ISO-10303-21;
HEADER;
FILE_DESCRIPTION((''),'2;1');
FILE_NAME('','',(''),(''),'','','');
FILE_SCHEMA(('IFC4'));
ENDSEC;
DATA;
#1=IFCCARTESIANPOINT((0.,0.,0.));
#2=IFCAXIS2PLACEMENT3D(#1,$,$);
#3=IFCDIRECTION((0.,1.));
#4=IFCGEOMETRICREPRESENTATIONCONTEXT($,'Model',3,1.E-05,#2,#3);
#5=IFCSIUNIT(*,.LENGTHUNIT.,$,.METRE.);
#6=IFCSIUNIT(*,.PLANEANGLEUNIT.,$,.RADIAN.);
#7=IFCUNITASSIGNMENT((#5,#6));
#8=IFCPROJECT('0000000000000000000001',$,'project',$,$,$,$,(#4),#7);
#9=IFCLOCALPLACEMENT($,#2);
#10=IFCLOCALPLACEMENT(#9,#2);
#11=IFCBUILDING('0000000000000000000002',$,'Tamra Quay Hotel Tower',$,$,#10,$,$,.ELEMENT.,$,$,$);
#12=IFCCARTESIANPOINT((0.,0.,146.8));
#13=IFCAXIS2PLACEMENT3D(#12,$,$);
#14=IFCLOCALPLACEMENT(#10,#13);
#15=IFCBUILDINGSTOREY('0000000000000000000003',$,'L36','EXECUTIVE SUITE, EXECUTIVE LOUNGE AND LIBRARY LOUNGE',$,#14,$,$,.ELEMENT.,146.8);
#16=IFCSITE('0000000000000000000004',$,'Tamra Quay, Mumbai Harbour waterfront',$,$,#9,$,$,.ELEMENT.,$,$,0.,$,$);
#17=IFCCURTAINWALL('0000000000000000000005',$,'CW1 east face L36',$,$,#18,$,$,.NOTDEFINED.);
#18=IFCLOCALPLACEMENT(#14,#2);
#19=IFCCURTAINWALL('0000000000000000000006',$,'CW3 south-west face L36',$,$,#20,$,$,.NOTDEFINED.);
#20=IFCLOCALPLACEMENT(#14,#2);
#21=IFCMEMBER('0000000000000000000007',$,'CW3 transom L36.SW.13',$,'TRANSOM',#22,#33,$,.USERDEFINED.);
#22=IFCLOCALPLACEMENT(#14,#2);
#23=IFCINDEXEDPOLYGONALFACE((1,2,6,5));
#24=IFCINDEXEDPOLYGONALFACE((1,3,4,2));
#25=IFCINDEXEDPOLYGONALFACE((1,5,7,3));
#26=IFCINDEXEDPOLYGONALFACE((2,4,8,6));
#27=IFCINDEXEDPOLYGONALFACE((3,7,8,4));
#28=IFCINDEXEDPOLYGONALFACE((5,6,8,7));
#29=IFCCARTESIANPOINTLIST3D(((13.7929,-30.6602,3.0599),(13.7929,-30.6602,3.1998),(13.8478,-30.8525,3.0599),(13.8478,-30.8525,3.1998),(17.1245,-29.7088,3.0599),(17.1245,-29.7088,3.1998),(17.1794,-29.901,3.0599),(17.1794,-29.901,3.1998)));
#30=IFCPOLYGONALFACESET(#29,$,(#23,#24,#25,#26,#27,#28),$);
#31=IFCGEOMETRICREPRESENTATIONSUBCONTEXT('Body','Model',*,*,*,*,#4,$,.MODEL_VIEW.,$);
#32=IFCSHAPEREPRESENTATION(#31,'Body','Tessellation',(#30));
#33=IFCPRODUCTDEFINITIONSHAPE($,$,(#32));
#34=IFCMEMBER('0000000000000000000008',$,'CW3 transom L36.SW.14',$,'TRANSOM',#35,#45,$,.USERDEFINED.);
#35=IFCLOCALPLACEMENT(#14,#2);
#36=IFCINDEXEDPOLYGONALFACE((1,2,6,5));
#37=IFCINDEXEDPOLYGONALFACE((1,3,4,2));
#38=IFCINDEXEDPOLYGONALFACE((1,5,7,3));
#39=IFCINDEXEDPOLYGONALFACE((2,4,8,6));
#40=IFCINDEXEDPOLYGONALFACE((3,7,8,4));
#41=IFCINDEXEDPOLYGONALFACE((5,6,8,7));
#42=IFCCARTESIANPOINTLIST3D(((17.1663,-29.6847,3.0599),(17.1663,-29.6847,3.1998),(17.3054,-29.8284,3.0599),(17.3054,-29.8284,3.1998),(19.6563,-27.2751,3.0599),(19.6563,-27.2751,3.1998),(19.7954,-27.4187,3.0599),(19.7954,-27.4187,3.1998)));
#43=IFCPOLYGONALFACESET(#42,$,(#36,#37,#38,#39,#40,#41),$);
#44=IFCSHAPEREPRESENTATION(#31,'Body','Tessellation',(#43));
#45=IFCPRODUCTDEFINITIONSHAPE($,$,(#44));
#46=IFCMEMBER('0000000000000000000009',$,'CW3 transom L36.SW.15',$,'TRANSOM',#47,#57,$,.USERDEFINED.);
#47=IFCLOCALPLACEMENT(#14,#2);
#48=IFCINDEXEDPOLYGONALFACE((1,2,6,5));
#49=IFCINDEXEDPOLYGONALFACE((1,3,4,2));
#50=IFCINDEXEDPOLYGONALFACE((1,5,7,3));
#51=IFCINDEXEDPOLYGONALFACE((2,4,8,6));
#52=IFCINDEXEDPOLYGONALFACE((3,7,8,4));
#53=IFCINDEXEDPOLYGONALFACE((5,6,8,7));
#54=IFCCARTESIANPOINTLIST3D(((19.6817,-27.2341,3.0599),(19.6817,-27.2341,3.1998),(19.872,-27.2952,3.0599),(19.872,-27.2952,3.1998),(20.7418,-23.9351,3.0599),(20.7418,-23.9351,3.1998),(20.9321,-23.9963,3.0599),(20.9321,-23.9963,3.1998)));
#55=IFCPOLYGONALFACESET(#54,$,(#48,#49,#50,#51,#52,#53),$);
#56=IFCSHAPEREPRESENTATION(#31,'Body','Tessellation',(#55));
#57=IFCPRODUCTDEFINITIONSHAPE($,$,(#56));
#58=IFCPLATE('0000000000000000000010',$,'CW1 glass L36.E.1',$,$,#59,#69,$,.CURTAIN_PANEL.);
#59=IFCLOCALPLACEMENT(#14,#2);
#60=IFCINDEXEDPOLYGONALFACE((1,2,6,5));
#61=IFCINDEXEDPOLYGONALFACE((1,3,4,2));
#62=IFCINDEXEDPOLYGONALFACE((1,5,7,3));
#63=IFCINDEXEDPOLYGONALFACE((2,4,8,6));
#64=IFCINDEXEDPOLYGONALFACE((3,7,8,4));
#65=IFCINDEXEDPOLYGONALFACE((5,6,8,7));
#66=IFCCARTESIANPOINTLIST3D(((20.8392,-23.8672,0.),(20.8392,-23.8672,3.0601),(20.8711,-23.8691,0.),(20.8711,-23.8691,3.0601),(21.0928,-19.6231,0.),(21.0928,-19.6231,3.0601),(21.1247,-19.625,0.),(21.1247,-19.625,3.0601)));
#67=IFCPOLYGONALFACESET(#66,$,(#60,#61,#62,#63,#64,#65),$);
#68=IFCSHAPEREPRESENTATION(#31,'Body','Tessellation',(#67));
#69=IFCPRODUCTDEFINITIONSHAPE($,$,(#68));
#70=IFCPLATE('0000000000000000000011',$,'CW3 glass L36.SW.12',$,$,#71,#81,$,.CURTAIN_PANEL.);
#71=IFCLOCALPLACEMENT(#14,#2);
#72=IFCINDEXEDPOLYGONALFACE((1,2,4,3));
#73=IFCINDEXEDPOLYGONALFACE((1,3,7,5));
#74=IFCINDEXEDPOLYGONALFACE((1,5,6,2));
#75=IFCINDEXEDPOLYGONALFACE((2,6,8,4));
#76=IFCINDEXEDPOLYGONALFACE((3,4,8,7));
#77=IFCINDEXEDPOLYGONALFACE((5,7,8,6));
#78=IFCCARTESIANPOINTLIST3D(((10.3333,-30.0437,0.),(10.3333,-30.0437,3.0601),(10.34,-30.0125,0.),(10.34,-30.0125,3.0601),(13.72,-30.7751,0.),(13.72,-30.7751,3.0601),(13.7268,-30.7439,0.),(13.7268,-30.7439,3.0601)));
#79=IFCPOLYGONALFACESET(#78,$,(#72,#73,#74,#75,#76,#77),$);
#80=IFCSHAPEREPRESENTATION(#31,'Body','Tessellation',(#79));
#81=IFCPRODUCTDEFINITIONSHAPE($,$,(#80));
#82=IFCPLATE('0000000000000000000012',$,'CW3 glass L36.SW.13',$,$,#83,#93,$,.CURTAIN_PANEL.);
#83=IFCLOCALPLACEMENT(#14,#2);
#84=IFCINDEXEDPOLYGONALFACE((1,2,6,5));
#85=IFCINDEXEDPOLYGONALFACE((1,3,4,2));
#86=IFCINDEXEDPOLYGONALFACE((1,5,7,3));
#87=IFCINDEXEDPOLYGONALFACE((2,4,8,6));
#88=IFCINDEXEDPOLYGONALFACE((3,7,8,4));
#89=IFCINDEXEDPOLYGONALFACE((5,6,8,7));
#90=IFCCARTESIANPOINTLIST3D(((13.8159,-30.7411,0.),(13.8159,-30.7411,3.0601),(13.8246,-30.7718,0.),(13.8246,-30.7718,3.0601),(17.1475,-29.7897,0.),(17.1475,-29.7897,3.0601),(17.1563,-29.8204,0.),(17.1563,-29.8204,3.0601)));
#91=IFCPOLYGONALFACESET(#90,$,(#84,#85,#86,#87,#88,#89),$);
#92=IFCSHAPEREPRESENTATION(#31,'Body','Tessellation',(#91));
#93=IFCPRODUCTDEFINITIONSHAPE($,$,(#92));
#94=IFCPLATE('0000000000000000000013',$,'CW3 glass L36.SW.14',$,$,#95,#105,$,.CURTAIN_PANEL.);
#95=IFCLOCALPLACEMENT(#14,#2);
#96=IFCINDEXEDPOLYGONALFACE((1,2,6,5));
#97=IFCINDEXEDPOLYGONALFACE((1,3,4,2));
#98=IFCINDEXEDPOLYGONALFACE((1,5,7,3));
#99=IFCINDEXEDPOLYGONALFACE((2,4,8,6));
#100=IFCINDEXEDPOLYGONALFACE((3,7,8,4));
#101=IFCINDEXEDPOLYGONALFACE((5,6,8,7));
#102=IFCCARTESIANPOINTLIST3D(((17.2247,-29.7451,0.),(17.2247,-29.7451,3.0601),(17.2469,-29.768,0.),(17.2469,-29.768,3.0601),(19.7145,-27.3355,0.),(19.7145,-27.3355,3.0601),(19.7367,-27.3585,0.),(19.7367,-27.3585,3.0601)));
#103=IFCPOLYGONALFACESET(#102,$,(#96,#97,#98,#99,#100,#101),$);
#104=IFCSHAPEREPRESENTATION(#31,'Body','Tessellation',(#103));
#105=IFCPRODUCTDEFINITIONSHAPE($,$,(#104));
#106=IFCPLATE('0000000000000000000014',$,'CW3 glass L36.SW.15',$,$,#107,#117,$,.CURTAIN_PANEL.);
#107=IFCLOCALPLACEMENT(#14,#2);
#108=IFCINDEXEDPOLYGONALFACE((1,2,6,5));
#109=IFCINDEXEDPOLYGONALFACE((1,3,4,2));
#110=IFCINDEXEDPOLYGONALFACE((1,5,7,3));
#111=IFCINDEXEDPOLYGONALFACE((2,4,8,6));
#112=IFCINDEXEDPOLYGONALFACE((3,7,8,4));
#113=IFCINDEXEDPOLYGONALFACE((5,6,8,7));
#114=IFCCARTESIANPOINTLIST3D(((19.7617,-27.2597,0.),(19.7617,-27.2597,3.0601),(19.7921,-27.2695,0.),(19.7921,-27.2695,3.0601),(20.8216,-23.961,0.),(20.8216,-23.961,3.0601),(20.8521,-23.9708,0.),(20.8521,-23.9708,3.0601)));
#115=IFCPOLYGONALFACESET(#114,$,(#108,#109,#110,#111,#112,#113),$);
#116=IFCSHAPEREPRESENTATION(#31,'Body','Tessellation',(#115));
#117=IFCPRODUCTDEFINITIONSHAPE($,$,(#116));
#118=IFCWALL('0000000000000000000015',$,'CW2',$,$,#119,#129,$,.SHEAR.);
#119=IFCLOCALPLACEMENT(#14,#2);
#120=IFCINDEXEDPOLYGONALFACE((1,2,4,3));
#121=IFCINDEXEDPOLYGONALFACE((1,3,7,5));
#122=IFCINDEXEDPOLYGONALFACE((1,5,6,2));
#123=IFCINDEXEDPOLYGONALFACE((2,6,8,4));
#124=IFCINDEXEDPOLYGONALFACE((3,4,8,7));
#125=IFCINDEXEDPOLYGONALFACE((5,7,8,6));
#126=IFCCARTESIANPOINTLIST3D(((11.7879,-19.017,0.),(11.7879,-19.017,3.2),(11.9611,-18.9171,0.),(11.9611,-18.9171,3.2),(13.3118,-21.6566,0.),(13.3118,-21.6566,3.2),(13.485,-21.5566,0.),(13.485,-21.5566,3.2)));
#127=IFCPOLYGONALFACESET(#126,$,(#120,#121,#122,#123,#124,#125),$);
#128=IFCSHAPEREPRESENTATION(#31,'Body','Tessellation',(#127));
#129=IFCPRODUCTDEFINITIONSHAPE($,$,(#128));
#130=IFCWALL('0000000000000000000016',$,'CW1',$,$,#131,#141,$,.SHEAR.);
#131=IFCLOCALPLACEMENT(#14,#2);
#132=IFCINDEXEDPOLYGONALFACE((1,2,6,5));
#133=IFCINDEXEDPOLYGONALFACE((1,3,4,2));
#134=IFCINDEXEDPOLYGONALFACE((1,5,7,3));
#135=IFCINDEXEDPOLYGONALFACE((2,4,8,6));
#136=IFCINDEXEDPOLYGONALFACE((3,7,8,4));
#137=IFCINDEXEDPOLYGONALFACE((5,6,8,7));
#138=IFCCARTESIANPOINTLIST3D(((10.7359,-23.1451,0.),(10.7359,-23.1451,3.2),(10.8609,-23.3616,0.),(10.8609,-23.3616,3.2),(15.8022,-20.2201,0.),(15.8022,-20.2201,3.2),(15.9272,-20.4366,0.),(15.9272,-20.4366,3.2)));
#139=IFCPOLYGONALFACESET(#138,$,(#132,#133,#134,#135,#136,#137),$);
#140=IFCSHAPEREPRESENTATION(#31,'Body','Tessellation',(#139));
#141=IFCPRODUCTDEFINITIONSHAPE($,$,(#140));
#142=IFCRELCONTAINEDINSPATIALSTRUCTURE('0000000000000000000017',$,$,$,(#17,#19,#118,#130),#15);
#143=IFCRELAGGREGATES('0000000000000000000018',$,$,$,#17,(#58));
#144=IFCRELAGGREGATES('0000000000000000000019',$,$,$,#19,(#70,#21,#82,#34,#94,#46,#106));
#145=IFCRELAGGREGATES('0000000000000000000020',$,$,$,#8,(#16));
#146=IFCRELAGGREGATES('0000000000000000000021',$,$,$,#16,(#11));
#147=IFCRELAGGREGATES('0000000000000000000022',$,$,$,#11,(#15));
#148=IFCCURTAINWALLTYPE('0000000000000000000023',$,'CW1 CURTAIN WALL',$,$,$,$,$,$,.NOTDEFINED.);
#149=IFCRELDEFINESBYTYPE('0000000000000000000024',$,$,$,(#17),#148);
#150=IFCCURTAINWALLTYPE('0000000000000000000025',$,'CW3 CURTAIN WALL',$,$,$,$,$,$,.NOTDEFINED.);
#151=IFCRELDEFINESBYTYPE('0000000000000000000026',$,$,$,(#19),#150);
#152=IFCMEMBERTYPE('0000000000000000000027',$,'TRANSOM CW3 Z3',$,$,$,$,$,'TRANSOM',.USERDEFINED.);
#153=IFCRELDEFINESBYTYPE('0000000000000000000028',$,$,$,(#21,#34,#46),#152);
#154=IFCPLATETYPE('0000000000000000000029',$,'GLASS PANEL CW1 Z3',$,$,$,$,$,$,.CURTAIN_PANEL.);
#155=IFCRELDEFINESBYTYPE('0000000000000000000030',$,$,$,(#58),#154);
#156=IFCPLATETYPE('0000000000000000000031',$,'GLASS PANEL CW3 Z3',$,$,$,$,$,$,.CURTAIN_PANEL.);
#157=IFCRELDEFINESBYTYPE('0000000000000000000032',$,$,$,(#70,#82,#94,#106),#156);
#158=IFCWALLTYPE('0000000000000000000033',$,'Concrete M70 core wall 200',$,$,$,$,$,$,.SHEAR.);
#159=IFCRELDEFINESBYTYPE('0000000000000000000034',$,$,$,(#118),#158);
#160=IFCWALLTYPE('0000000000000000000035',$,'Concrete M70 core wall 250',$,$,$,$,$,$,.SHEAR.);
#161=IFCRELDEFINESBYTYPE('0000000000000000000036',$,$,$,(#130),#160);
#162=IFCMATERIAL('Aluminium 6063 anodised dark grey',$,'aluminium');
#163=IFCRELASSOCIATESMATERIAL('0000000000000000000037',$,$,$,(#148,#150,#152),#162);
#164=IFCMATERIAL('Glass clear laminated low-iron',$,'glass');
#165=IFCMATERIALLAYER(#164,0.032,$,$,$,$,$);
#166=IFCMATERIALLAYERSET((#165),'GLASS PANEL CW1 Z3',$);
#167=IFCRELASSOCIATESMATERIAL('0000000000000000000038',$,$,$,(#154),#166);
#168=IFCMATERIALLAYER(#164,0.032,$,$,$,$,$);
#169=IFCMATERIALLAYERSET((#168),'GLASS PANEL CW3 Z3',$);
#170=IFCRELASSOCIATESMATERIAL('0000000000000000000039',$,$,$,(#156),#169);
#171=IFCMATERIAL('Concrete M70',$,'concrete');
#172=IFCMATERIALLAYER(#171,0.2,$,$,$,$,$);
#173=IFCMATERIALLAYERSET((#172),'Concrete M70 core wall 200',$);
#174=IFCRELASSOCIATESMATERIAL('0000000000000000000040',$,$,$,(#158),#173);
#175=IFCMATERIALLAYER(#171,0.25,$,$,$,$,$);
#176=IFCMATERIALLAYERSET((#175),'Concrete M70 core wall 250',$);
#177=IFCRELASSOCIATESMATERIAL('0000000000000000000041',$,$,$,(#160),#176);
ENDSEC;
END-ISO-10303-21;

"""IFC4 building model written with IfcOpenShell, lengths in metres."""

from ifc_helpers import new_model, si_unit, direction, frame, frame_2d, origin, origin_2d, place, context, subcontext, project, spatial, rectangle, extrude, material, layer, layer_set, material_profile, profile_set, type_object, element, aggregate, save


model = new_model("IFC4")

# Units and contexts
model_context = context("Model", 3, precision=1e-05, world=origin(), true_north=direction((0.0, 1.0)))
body_context = subcontext(model_context, "Body", "Model", "MODEL_VIEW")
ifc_project = project(units=[si_unit("LENGTHUNIT", "METRE"), si_unit("PLANEANGLEUNIT", "RADIAN")], contexts=[model_context])

# Site, building, storey
site_placement = place(None, origin())
site = spatial("IfcSite", under=ifc_project, at=site_placement, Name="Tamra Quay, Mumbai Harbour waterfront", CompositionType="ELEMENT", RefElevation=0.0)
building_placement = place(site_placement, origin())
building = spatial("IfcBuilding", under=site, at=building_placement, Name="Tamra Quay Hotel Tower", CompositionType="ELEMENT")
storey_placement = place(building_placement, frame((0.0, 0.0, 146.8)))
storey = spatial("IfcBuildingStorey", under=building, at=storey_placement, Name="L36", Description="EXECUTIVE SUITE, EXECUTIVE LOUNGE AND LIBRARY LOUNGE", CompositionType="ELEMENT", Elevation=146.8)

# Shared definitions
ifc_material_1 = material(Name="Concrete M70", Category="concrete")

# Curtain walls
ifc_material_2 = material(Name="Aluminium 6063 anodised dark grey", Category="aluminium")
curtain_wall_type_1 = type_object("IfcCurtainWallType", Name="CW1 CURTAIN WALL", PredefinedType="NOTDEFINED", material=ifc_material_2)
curtain_wall_1_placement = place(storey_placement, origin())
curtain_wall_1 = element("IfcCurtainWall", 1, at=curtain_wall_1_placement, inside=storey, type_object=curtain_wall_type_1, Name="CW1 east face L36", PredefinedType="NOTDEFINED")
curtain_wall_type_2 = type_object("IfcCurtainWallType", Name="CW3 CURTAIN WALL", PredefinedType="NOTDEFINED", material=ifc_material_2)
curtain_wall_2_placement = place(storey_placement, origin())
curtain_wall_2 = element("IfcCurtainWall", 2, at=curtain_wall_2_placement, inside=storey, type_object=curtain_wall_type_2, Name="CW3 south-west face L36", PredefinedType="NOTDEFINED")

# Members
ifc_material_profile_1 = material_profile(ifc_material_2, rectangle(XDim=0.2, YDim=0.1399, at=origin_2d()), Name="TRANSOM 200X140")
ifc_profile_set_1 = profile_set([ifc_material_profile_1], Name="Aluminium 6063 anodised dark grey")
member_type_1 = type_object("IfcMemberType", Name="TRANSOM CW3 Z3", ElementType="TRANSOM", PredefinedType="USERDEFINED", material=ifc_profile_set_1)
member_1_placement = place(storey_placement, frame((13.8203, -30.7563, 3.1299), z_axis=(0.961559, 0.2746, 0.0), x_axis=(-0.2746, 0.961559, 0.0)))
member_1 = element("IfcMember", 3, at=member_1_placement, type_object=member_type_1, Name="CW3 transom L36.SW.13", ObjectType="TRANSOM", PredefinedType="USERDEFINED", context=body_context, shape_type="SweptSolid", body=[
    extrude(rectangle(XDim=0.2, YDim=0.1399, at=origin_2d()), origin(), (0.0, 0.0, 1.0), 3.4648),
])
member_2_placement = place(storey_placement, frame((17.2358, -29.7566, 3.1299), z_axis=(0.718602, 0.695421, 0.0), x_axis=(-0.695421, 0.718602, 0.0)))
member_2 = element("IfcMember", 4, at=member_2_placement, type_object=member_type_1, Name="CW3 transom L36.SW.14", ObjectType="TRANSOM", PredefinedType="USERDEFINED", context=body_context, shape_type="SweptSolid", body=[
    extrude(rectangle(XDim=0.2, YDim=0.1399, at=origin_2d()), origin(), (0.0, 0.0, 1.0), 3.4651),
])
member_3_placement = place(storey_placement, frame((19.7769, -27.2646, 3.1299), z_axis=(0.305936, 0.952052, 0.0), x_axis=(-0.952052, 0.305936, 0.0)))
member_3 = element("IfcMember", 5, at=member_3_placement, type_object=member_type_1, Name="CW3 transom L36.SW.15", ObjectType="TRANSOM", PredefinedType="USERDEFINED", context=body_context, shape_type="SweptSolid", body=[
    extrude(rectangle(XDim=0.2, YDim=0.1399, at=origin_2d()), origin(), (0.0, 0.0, 1.0), 3.4651),
])

# Plates
ifc_material_3 = material(Name="Glass clear laminated low-iron", Category="glass")
ifc_layer_1 = layer(ifc_material_3, 0.032)
ifc_layer_set_1 = layer_set([ifc_layer_1], Name="GLASS PANEL CW1 Z3")
plate_type_1 = type_object("IfcPlateType", Name="GLASS PANEL CW1 Z3", PredefinedType="CURTAIN_PANEL", material=ifc_layer_set_1)
plate_1_placement = place(storey_placement, frame((20.9819, -21.7461, 0.0), z_axis=(0.0, 0.0, 1.0), x_axis=(0.059642, 0.99822, 0.0)))
plate_1 = element("IfcPlate", 6, at=plate_1_placement, type_object=plate_type_1, Name="CW1 glass L36.E.1", PredefinedType="CURTAIN_PANEL", context=body_context, shape_type="SweptSolid", body=[
    extrude(rectangle(XDim=4.2517, YDim=0.032, at=origin_2d()), origin(), (0.0, 0.0, 1.0), 3.0601),
])
aggregate(curtain_wall_1, [plate_1])
ifc_layer_2 = layer(ifc_material_3, 0.032)
ifc_layer_set_2 = layer_set([ifc_layer_2], Name="GLASS PANEL CW3 Z3")
plate_type_2 = type_object("IfcPlateType", Name="GLASS PANEL CW3 Z3", PredefinedType="CURTAIN_PANEL", material=ifc_layer_set_2)
plate_2_placement = place(storey_placement, frame((12.03, -30.3938, 0.0), z_axis=(0.0, 0.0, 1.0), x_axis=(0.977465, -0.211099, 0.0)))
plate_2 = element("IfcPlate", 7, at=plate_2_placement, type_object=plate_type_2, Name="CW3 glass L36.SW.12", PredefinedType="CURTAIN_PANEL", context=body_context, shape_type="SweptSolid", body=[
    extrude(rectangle(XDim=3.4648, YDim=0.032, at=origin_2d()), origin(), (0.0, 0.0, 1.0), 3.0601),
])
plate_3_placement = place(storey_placement, frame((15.4861, -30.2808, 0.0), z_axis=(0.0, 0.0, 1.0), x_axis=(0.961561, 0.274593, 0.0)))
plate_3 = element("IfcPlate", 8, at=plate_3_placement, type_object=plate_type_2, Name="CW3 glass L36.SW.13", PredefinedType="CURTAIN_PANEL", context=body_context, shape_type="SweptSolid", body=[
    extrude(rectangle(XDim=3.4648, YDim=0.032, at=origin_2d()), origin(), (0.0, 0.0, 1.0), 3.0601),
])
plate_4_placement = place(storey_placement, frame((18.4807, -28.5518, 0.0), z_axis=(0.0, 0.0, 1.0), x_axis=(0.718584, 0.69544, 0.0)))
plate_4 = element("IfcPlate", 9, at=plate_4_placement, type_object=plate_type_2, Name="CW3 glass L36.SW.14", PredefinedType="CURTAIN_PANEL", context=body_context, shape_type="SweptSolid", body=[
    extrude(rectangle(XDim=3.4648, YDim=0.032, at=origin_2d()), origin(), (0.0, 0.0, 1.0), 3.0601),
])
plate_5_placement = place(storey_placement, frame((20.3069, -25.6152, 0.0), z_axis=(0.0, 0.0, 1.0), x_axis=(0.305915, 0.952059, 0.0)))
plate_5 = element("IfcPlate", 10, at=plate_5_placement, type_object=plate_type_2, Name="CW3 glass L36.SW.15", PredefinedType="CURTAIN_PANEL", context=body_context, shape_type="SweptSolid", body=[
    extrude(rectangle(XDim=3.4648, YDim=0.032, at=origin_2d()), origin(), (0.0, 0.0, 1.0), 3.0601),
])
aggregate(curtain_wall_2, [plate_2, member_1, plate_3, member_2, plate_4, member_3, plate_5])

# Walls
ifc_layer_3 = layer(ifc_material_1, 0.2)
ifc_layer_set_3 = layer_set([ifc_layer_3], Name="Concrete M70 core wall 200")
wall_type_1 = type_object("IfcWallType", Name="Concrete M70 core wall 200", PredefinedType="SHEAR", material=ifc_layer_set_3)
wall_1_placement = place(storey_placement, frame((11.8745, -18.967, 0.0), z_axis=(0.0, 0.0, 1.0), x_axis=(0.499981, -0.866036, 0.0)))
element("IfcWall", 11, at=wall_1_placement, inside=storey, type_object=wall_type_1, Name="CW2", PredefinedType="SHEAR", context=body_context, shape_type="SweptSolid", body=[
    extrude(rectangle(XDim=3.0479, YDim=0.2, at=frame_2d((1.5239, 0.0))), origin(), (0.0, 0.0, 1.0), 3.2),
])
ifc_layer_4 = layer(ifc_material_1, 0.25)
ifc_layer_set_4 = layer_set([ifc_layer_4], Name="Concrete M70 core wall 250")
wall_type_2 = type_object("IfcWallType", Name="Concrete M70 core wall 250", PredefinedType="SHEAR", material=ifc_layer_set_4)
wall_2_placement = place(storey_placement, frame((15.8647, -20.3284, 0.0), z_axis=(0.0, 0.0, 1.0), x_axis=(-0.866029, -0.499995, 0.0)))
element("IfcWall", 12, at=wall_2_placement, inside=storey, type_object=wall_type_2, Name="CW1", PredefinedType="SHEAR", context=body_context, shape_type="SweptSolid", body=[
    extrude(rectangle(XDim=5.8501, YDim=0.25, at=frame_2d((2.925, 0.0))), origin(), (0.0, 0.0, 1.0), 3.2),
])

save(model, "model.ifc")
